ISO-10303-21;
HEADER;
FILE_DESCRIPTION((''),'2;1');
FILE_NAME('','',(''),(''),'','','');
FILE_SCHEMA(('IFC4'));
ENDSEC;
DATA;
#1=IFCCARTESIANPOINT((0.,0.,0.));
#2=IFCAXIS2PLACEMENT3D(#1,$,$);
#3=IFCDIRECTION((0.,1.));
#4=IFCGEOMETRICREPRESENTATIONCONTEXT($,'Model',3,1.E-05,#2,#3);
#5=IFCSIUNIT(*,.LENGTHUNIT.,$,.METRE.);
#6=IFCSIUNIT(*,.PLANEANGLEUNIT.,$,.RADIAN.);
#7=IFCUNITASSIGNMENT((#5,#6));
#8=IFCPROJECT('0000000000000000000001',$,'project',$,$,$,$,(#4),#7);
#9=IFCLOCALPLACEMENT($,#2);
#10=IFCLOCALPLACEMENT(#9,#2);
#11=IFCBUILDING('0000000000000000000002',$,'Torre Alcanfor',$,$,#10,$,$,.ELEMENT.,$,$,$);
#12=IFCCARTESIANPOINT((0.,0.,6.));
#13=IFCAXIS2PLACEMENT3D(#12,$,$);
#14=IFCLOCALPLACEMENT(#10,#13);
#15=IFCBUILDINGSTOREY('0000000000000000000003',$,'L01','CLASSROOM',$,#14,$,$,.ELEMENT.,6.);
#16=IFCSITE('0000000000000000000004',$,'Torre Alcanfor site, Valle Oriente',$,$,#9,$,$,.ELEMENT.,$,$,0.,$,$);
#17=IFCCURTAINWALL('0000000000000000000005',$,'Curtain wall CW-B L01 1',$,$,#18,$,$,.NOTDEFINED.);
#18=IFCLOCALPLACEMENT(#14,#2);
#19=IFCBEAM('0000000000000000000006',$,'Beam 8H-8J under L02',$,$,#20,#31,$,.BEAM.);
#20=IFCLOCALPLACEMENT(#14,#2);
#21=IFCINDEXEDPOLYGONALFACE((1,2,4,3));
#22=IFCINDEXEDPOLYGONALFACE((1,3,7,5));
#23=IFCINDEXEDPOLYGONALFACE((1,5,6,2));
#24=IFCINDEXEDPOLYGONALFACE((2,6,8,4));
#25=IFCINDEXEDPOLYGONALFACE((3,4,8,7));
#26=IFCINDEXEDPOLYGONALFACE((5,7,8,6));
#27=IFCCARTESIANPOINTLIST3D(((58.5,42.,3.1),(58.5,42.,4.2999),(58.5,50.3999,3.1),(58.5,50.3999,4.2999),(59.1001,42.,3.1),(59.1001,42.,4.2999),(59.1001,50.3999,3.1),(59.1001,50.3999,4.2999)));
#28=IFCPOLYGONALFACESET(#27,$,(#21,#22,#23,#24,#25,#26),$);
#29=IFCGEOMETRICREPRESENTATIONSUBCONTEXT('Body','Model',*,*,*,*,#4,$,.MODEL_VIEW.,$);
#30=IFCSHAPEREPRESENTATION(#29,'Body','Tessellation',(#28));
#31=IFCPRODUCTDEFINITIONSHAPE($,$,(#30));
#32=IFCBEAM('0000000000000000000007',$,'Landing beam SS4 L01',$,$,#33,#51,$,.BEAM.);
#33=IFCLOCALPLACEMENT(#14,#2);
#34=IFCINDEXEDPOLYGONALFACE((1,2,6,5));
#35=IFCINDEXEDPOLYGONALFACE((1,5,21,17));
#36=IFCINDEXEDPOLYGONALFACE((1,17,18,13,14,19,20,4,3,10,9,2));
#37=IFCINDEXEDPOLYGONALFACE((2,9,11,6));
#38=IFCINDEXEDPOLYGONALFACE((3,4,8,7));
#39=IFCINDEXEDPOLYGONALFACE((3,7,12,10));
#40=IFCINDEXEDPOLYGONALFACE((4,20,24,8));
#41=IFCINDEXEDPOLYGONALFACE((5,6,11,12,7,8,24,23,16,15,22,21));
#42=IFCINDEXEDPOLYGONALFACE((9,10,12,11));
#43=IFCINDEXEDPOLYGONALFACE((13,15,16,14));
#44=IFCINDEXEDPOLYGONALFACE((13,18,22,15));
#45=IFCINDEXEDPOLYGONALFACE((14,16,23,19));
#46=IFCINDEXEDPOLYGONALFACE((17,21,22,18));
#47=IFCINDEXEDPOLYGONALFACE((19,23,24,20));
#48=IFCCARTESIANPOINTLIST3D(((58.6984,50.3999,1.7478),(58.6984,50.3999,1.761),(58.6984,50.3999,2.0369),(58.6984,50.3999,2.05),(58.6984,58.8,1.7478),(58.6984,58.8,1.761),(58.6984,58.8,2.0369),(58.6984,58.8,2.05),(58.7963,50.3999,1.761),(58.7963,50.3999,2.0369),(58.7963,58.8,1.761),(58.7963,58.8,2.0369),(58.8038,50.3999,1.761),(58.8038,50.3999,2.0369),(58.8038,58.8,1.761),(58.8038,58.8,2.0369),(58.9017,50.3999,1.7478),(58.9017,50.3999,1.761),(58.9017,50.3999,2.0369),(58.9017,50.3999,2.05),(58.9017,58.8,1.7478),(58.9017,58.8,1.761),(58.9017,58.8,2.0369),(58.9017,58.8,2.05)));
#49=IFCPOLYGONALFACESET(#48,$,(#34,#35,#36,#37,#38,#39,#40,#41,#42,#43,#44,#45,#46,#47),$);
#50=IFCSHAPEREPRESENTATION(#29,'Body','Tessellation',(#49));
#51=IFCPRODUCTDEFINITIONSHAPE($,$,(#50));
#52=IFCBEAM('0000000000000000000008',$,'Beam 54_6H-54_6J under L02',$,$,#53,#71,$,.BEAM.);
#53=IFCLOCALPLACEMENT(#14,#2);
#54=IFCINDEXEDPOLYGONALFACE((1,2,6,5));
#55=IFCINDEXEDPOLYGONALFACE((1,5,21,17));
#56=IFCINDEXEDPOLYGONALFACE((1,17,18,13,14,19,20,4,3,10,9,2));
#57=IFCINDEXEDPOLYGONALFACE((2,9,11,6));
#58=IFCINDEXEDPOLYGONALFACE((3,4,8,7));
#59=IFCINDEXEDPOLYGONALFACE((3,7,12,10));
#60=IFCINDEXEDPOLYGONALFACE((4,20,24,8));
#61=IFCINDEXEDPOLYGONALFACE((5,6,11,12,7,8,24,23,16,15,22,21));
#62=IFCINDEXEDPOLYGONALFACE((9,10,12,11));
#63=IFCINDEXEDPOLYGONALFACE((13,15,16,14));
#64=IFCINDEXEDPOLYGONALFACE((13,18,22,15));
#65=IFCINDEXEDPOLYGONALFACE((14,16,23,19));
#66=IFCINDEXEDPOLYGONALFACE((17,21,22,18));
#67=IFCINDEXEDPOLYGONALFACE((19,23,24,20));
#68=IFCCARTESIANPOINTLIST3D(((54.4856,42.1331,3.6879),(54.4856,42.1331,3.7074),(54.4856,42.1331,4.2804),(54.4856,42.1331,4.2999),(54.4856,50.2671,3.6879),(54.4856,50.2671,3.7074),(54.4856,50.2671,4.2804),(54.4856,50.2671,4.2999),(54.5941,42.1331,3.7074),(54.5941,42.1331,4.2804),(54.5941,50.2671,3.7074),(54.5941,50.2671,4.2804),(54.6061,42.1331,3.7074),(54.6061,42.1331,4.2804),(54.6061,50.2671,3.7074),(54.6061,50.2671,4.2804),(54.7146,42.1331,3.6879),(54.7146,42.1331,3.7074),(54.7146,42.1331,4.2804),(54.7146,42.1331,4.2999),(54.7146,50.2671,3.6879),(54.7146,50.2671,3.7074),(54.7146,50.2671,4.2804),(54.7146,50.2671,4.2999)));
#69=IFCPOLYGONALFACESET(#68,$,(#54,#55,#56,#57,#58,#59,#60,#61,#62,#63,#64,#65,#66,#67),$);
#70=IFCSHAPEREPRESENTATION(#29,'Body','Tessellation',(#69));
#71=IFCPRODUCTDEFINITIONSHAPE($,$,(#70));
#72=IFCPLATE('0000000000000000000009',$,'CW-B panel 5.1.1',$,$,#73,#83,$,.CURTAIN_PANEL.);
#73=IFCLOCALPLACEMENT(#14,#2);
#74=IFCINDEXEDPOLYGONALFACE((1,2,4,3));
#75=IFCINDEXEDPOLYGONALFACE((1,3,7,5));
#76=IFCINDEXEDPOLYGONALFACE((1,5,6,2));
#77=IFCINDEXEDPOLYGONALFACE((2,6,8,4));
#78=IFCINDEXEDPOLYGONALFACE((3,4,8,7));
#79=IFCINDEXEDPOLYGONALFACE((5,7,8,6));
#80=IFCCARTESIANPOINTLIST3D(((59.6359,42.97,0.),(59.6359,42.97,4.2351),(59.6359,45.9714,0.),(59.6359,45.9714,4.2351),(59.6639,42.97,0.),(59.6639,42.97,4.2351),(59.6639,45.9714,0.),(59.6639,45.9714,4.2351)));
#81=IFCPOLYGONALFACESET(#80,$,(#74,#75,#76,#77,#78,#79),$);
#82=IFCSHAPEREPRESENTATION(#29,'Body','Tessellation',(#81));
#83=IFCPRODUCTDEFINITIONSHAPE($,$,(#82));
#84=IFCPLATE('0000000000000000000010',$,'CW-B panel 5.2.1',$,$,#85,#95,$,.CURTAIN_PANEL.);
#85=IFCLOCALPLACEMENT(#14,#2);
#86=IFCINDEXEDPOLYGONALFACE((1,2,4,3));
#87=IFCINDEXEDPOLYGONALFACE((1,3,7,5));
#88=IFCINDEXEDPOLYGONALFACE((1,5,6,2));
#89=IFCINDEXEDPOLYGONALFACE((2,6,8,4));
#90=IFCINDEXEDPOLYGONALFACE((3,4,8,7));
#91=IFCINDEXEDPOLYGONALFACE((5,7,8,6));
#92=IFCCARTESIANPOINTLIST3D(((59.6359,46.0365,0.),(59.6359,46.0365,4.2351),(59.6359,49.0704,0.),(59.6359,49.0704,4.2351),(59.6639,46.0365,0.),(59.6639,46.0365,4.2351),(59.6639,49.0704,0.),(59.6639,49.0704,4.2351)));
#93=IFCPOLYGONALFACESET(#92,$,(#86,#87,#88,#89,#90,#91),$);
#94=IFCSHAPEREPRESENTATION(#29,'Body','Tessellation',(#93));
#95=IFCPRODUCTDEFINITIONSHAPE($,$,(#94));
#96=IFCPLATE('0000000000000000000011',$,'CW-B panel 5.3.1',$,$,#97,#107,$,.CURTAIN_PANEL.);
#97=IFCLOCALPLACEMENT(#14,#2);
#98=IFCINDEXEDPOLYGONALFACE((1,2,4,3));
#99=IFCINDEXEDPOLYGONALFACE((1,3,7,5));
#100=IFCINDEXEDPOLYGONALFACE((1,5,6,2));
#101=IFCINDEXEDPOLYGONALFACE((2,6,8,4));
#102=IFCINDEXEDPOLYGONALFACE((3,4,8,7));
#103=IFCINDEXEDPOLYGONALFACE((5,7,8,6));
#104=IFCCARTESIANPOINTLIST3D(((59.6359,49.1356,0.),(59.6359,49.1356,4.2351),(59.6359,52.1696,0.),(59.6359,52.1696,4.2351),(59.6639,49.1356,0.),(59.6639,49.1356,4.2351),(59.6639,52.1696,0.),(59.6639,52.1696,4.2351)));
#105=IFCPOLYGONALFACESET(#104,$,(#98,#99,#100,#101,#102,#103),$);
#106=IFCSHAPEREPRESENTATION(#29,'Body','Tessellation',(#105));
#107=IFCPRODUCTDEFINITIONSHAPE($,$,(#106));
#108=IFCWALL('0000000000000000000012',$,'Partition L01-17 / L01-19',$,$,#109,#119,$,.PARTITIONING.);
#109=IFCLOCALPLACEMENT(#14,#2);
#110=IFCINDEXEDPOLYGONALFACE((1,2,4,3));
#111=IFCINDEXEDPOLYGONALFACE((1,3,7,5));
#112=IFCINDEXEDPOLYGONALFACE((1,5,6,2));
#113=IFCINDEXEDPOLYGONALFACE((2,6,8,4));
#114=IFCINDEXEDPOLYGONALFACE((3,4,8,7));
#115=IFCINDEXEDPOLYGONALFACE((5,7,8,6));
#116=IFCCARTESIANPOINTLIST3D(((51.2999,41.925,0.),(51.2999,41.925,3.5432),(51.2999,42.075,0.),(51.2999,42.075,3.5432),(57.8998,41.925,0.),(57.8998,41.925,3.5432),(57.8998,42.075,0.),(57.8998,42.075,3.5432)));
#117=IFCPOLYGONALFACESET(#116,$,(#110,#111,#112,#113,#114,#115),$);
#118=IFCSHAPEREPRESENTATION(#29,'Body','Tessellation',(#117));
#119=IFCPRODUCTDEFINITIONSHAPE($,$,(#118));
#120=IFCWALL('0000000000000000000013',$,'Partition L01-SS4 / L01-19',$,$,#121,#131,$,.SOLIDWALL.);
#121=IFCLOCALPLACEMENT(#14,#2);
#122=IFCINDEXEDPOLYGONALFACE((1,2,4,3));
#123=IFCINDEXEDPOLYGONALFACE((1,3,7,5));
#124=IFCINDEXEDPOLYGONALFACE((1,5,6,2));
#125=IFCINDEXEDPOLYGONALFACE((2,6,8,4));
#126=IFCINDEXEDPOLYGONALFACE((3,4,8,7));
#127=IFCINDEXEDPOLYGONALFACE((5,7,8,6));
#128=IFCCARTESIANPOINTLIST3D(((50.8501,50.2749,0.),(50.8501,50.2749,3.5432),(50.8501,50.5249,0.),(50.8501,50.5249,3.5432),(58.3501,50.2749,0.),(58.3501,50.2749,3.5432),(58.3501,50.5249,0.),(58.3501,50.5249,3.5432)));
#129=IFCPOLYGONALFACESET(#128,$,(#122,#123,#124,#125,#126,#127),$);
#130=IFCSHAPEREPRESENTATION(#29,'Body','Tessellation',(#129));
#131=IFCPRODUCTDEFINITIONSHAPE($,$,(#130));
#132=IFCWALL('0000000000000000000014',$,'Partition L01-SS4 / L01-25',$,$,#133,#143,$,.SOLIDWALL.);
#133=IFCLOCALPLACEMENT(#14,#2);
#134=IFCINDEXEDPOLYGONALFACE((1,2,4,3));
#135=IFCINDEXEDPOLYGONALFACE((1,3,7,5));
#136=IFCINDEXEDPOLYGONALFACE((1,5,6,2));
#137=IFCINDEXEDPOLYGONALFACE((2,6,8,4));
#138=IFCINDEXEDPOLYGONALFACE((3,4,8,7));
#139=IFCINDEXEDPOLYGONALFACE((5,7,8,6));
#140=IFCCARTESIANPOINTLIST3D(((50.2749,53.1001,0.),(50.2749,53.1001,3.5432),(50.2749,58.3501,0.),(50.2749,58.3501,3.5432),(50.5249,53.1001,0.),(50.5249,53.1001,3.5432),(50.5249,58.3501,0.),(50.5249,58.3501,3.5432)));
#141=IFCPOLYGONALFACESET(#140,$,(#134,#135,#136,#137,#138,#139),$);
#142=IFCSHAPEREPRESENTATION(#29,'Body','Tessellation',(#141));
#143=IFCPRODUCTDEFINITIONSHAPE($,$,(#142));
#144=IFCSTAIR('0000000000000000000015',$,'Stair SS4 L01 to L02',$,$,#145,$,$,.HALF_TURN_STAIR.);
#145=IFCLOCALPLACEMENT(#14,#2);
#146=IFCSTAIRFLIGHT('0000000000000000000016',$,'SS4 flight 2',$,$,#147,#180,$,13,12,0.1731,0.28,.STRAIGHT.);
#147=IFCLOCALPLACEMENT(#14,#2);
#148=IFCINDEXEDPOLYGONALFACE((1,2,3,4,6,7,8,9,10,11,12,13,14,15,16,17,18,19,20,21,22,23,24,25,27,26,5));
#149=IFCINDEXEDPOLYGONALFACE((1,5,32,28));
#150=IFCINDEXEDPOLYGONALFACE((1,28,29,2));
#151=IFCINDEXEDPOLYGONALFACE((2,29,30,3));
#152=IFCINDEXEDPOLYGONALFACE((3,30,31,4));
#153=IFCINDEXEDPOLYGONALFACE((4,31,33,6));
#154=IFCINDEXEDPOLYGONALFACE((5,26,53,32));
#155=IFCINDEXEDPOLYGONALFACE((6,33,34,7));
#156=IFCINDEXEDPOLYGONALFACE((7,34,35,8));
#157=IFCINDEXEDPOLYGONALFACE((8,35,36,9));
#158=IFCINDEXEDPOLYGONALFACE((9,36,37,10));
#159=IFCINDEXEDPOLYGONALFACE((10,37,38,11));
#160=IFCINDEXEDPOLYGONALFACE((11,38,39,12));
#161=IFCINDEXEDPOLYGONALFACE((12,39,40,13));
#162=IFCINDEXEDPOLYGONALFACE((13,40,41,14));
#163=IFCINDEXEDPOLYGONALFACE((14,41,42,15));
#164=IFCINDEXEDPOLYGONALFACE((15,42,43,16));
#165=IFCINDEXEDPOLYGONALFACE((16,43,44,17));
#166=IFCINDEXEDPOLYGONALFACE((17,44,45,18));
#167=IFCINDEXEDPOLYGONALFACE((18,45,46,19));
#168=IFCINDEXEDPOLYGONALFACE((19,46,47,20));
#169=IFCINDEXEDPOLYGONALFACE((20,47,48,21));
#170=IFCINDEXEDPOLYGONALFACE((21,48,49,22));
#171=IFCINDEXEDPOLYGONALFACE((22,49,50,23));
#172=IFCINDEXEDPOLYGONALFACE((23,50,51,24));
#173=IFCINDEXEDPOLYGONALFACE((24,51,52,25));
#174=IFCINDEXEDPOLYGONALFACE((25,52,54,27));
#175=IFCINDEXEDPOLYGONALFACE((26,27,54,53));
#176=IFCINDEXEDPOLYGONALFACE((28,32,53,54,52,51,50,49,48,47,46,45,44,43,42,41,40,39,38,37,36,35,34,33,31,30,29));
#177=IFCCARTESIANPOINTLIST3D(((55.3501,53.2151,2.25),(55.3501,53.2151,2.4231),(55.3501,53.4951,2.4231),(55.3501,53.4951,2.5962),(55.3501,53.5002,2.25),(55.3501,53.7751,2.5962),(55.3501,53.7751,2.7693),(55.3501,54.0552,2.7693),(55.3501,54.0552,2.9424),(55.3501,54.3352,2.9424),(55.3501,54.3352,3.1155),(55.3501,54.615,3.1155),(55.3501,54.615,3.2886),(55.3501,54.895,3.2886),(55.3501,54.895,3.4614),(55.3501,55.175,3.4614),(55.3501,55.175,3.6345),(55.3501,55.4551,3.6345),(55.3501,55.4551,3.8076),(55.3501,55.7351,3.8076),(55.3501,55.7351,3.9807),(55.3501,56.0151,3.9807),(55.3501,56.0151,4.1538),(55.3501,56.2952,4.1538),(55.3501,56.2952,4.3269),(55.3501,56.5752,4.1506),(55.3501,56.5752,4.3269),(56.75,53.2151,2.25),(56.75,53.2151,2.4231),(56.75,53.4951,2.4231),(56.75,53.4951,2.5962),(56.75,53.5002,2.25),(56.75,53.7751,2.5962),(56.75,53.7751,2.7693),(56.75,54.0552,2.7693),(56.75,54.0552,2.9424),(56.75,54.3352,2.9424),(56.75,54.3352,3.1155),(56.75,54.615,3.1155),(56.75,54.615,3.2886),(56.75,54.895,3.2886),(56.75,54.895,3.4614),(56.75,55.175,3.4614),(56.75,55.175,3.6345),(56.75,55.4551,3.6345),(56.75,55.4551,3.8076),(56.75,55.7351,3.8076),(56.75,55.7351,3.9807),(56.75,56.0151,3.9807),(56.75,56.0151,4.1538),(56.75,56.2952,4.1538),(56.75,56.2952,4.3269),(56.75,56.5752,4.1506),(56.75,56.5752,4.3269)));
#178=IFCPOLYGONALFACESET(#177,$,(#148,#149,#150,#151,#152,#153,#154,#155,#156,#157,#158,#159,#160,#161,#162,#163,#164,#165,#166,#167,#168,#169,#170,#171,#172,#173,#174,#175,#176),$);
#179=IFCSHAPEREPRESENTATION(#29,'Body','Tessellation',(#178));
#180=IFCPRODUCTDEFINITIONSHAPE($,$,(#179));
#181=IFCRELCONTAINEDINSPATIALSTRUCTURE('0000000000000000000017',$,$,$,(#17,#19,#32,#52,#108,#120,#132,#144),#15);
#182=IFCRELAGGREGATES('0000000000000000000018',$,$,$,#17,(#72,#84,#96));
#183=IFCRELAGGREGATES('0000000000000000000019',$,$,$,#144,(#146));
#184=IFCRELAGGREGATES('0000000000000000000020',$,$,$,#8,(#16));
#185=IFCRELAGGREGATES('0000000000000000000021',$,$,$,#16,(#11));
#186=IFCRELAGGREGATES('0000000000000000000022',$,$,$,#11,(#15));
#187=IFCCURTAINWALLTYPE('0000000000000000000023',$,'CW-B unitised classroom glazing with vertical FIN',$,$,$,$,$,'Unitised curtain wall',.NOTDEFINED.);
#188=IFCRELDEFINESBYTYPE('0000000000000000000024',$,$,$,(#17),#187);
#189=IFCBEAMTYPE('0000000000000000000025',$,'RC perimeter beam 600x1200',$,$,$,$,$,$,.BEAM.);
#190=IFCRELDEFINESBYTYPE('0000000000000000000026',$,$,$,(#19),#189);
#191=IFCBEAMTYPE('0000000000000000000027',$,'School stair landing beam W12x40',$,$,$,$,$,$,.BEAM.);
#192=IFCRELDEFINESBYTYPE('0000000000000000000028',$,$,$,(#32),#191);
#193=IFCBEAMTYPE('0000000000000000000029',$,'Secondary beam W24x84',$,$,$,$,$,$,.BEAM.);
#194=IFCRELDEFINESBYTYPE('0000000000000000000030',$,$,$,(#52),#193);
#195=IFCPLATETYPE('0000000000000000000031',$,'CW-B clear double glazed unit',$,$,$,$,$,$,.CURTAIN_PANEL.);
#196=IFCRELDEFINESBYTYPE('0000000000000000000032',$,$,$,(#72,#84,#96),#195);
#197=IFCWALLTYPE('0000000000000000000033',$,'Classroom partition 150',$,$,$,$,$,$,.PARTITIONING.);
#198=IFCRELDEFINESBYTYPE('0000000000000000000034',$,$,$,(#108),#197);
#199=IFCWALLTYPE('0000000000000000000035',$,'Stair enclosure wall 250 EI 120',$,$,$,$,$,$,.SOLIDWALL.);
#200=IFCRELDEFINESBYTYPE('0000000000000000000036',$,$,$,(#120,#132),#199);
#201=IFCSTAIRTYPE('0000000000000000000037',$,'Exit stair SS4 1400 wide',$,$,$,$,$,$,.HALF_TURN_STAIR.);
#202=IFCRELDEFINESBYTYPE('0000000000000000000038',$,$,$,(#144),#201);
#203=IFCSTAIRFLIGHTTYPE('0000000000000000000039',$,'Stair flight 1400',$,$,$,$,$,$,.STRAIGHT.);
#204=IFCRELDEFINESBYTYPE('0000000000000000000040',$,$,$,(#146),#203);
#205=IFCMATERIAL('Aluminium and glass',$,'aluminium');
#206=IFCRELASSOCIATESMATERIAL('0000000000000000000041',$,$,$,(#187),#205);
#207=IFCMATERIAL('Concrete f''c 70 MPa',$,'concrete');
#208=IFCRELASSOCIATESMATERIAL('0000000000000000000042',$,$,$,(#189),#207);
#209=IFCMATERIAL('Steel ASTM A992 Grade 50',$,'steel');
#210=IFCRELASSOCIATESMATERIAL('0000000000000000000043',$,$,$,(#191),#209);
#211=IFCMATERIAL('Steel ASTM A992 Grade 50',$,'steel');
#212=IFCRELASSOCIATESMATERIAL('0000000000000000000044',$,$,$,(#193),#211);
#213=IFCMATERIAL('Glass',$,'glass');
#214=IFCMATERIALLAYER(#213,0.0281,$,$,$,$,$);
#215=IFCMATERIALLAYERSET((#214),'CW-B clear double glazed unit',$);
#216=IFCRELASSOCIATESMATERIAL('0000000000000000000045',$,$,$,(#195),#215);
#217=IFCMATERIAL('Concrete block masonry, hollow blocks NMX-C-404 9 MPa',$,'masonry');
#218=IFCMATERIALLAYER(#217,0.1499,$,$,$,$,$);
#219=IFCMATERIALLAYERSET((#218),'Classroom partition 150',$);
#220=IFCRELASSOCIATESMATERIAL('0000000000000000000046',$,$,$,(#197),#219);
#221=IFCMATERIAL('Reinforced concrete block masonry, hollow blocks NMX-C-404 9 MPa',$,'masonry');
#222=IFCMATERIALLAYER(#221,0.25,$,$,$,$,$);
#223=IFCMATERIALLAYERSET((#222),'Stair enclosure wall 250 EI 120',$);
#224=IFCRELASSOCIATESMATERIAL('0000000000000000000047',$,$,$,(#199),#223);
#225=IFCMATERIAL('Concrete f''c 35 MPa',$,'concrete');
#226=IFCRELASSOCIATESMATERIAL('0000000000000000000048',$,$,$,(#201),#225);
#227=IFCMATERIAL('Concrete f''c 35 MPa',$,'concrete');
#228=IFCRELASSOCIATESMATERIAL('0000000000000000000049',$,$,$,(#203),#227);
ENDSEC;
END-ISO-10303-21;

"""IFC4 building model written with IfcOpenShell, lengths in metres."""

from ifc_helpers import new_model, si_unit, direction, frame, frame_2d, origin, origin_2d, place, context, subcontext, project, spatial, polyline, rectangle, i_section, outline, extrude, material, layer, layer_set, material_profile, profile_set, type_object, element, aggregate, save


model = new_model("IFC4")

# Units and contexts
model_context = context("Model", 3, precision=1e-05, world=origin(), true_north=direction((0.0, 1.0)))
body_context = subcontext(model_context, "Body", "Model", "MODEL_VIEW")
ifc_project = project(units=[si_unit("LENGTHUNIT", "METRE"), si_unit("PLANEANGLEUNIT", "RADIAN")], contexts=[model_context])

# Site, building, storey
site_placement = place(None, origin())
site = spatial("IfcSite", under=ifc_project, at=site_placement, Name="Torre Alcanfor site, Valle Oriente", CompositionType="ELEMENT", RefElevation=0.0)
building_placement = place(site_placement, origin())
building = spatial("IfcBuilding", under=site, at=building_placement, Name="Torre Alcanfor", CompositionType="ELEMENT")
storey_placement = place(building_placement, frame((0.0, 0.0, 6.0)))
storey = spatial("IfcBuildingStorey", under=building, at=storey_placement, Name="L01", Description="CLASSROOM", CompositionType="ELEMENT", Elevation=6.0)

# Curtain wall
ifc_material_1 = material(Name="Aluminium and glass", Category="aluminium")
curtain_wall_type = type_object("IfcCurtainWallType", Name="CW-B unitised classroom glazing with vertical FIN", ElementType="Unitised curtain wall", PredefinedType="NOTDEFINED", material=ifc_material_1)
curtain_wall_placement = place(storey_placement, origin())
curtain_wall = element("IfcCurtainWall", 1, at=curtain_wall_placement, inside=storey, type_object=curtain_wall_type, Name="Curtain wall CW-B L01 1", PredefinedType="NOTDEFINED")

# Beams
ifc_material_2 = material(Name="Concrete f'c 70 MPa", Category="concrete")
ifc_material_profile_1 = material_profile(ifc_material_2, rectangle(XDim=0.6001, YDim=1.2, at=origin_2d()), Name="600x1200")
ifc_profile_set_1 = profile_set([ifc_material_profile_1], Name="Concrete f'c 70 MPa")
beam_type_1 = type_object("IfcBeamType", Name="RC perimeter beam 600x1200", PredefinedType="BEAM", material=ifc_profile_set_1)
beam_1_placement = place(storey_placement, frame((58.8, 42.0, 3.7), z_axis=(0.0, 1.0, 0.0), x_axis=(-1.0, 0.0, 0.0)))
element("IfcBeam", 2, at=beam_1_placement, inside=storey, type_object=beam_type_1, Name="Beam 8H-8J under L02", PredefinedType="BEAM", context=body_context, shape_type="SweptSolid", body=[
    extrude(rectangle(XDim=0.6001, YDim=1.2, at=origin_2d()), origin(), (0.0, 0.0, 1.0), 8.3999),
])
ifc_material_3 = material(Name="Steel ASTM A992 Grade 50", Category="steel")
ifc_material_profile_2 = material_profile(ifc_material_3, i_section(OverallWidth=0.2034, OverallDepth=0.3022, WebThickness=0.0076, FlangeThickness=0.0132, at=origin_2d()), Name="W12x40")
ifc_profile_set_2 = profile_set([ifc_material_profile_2], Name="Steel ASTM A992 Grade 50")
beam_type_2 = type_object("IfcBeamType", Name="School stair landing beam W12x40", PredefinedType="BEAM", material=ifc_profile_set_2)
beam_2_placement = place(storey_placement, frame((58.8, 50.3999, 1.8989), z_axis=(0.0, 1.0, 0.0), x_axis=(-1.0, 0.0, 0.0)))
element("IfcBeam", 3, at=beam_2_placement, inside=storey, type_object=beam_type_2, Name="Landing beam SS4 L01", PredefinedType="BEAM", context=body_context, shape_type="SweptSolid", body=[
    extrude(i_section(OverallWidth=0.2034, OverallDepth=0.3022, WebThickness=0.0076, FlangeThickness=0.0132, at=origin_2d()), origin(), (0.0, 0.0, 1.0), 8.4001),
])
ifc_material_4 = material(Name="Steel ASTM A992 Grade 50", Category="steel")
ifc_material_profile_3 = material_profile(ifc_material_4, i_section(OverallWidth=0.229, OverallDepth=0.6121, WebThickness=0.012, FlangeThickness=0.0195, at=origin_2d()), Name="W24x84")
ifc_profile_set_3 = profile_set([ifc_material_profile_3], Name="Steel ASTM A992 Grade 50")
beam_type_3 = type_object("IfcBeamType", Name="Secondary beam W24x84", PredefinedType="BEAM", material=ifc_profile_set_3)
beam_3_placement = place(storey_placement, frame((54.6001, 42.1331, 3.9939), z_axis=(0.0, 1.0, 0.0), x_axis=(-1.0, 0.0, 0.0)))
element("IfcBeam", 4, at=beam_3_placement, inside=storey, type_object=beam_type_3, Name="Beam 54_6H-54_6J under L02", PredefinedType="BEAM", context=body_context, shape_type="SweptSolid", body=[
    extrude(i_section(OverallWidth=0.229, OverallDepth=0.6121, WebThickness=0.012, FlangeThickness=0.0195, at=origin_2d()), origin(), (0.0, 0.0, 1.0), 8.134),
])

# Plates
ifc_material_5 = material(Name="Glass", Category="glass")
ifc_layer_1 = layer(ifc_material_5, 0.0281)
ifc_layer_set_1 = layer_set([ifc_layer_1], Name="CW-B clear double glazed unit")
plate_type = type_object("IfcPlateType", Name="CW-B clear double glazed unit", PredefinedType="CURTAIN_PANEL", material=ifc_layer_set_1)
plate_1_placement = place(storey_placement, frame((59.6499, 44.4707, 0.0), z_axis=(0.0, 0.0, 1.0), x_axis=(0.0, 1.0, 0.0)))
plate_1 = element("IfcPlate", 5, at=plate_1_placement, type_object=plate_type, Name="CW-B panel 5.1.1", PredefinedType="CURTAIN_PANEL", context=body_context, shape_type="SweptSolid", body=[
    extrude(rectangle(XDim=3.0015, YDim=0.0281, at=origin_2d()), origin(), (0.0, 0.0, 1.0), 4.2351),
])
plate_2_placement = place(storey_placement, frame((59.6499, 47.5535, 0.0), z_axis=(0.0, 0.0, 1.0), x_axis=(0.0, 1.0, 0.0)))
plate_2 = element("IfcPlate", 6, at=plate_2_placement, type_object=plate_type, Name="CW-B panel 5.2.1", PredefinedType="CURTAIN_PANEL", context=body_context, shape_type="SweptSolid", body=[
    extrude(rectangle(XDim=3.0339, YDim=0.0281, at=origin_2d()), origin(), (0.0, 0.0, 1.0), 4.2351),
])
plate_3_placement = place(storey_placement, frame((59.6499, 50.6526, 0.0), z_axis=(0.0, 0.0, 1.0), x_axis=(0.0, 1.0, 0.0)))
plate_3 = element("IfcPlate", 7, at=plate_3_placement, type_object=plate_type, Name="CW-B panel 5.3.1", PredefinedType="CURTAIN_PANEL", context=body_context, shape_type="SweptSolid", body=[
    extrude(rectangle(XDim=3.0339, YDim=0.0281, at=origin_2d()), origin(), (0.0, 0.0, 1.0), 4.2351),
])
aggregate(curtain_wall, [plate_1, plate_2, plate_3])

# Walls
ifc_material_6 = material(Name="Concrete block masonry, hollow blocks NMX-C-404 9 MPa", Category="masonry")
ifc_layer_2 = layer(ifc_material_6, 0.1499)
ifc_layer_set_2 = layer_set([ifc_layer_2], Name="Classroom partition 150")
wall_type_1 = type_object("IfcWallType", Name="Classroom partition 150", PredefinedType="PARTITIONING", material=ifc_layer_set_2)
wall_1_placement = place(storey_placement, frame((51.3, 42.0, 0.0), z_axis=(0.0, 0.0, 1.0), x_axis=(1.0, 0.0, 0.0)))
element("IfcWall", 8, at=wall_1_placement, inside=storey, type_object=wall_type_1, Name="Partition L01-17 / L01-19", PredefinedType="PARTITIONING", context=body_context, shape_type="SweptSolid", body=[
    extrude(rectangle(XDim=6.5999, YDim=0.1499, at=frame_2d((3.2998, 0.0))), origin(), (0.0, 0.0, 1.0), 3.5432),
])
ifc_material_7 = material(Name="Reinforced concrete block masonry, hollow blocks NMX-C-404 9 MPa", Category="masonry")
ifc_layer_3 = layer(ifc_material_7, 0.25)
ifc_layer_set_3 = layer_set([ifc_layer_3], Name="Stair enclosure wall 250 EI 120")
wall_type_2 = type_object("IfcWallType", Name="Stair enclosure wall 250 EI 120", PredefinedType="SOLIDWALL", material=ifc_layer_set_3)
wall_2_placement = place(storey_placement, frame((58.3501, 50.3999, 0.0), z_axis=(0.0, 0.0, 1.0), x_axis=(-1.0, 0.0, 0.0)))
element("IfcWall", 9, at=wall_2_placement, inside=storey, type_object=wall_type_2, Name="Partition L01-SS4 / L01-19", PredefinedType="SOLIDWALL", context=body_context, shape_type="SweptSolid", body=[
    extrude(rectangle(XDim=7.5, YDim=0.25, at=frame_2d((3.75, 0.0))), origin(), (0.0, 0.0, 1.0), 3.5432),
])
wall_3_placement = place(storey_placement, frame((50.3999, 53.1001, 0.0), z_axis=(0.0, 0.0, 1.0), x_axis=(0.0, 1.0, 0.0)))
element("IfcWall", 10, at=wall_3_placement, inside=storey, type_object=wall_type_2, Name="Partition L01-SS4 / L01-25", PredefinedType="SOLIDWALL", context=body_context, shape_type="SweptSolid", body=[
    extrude(rectangle(XDim=5.25, YDim=0.25, at=frame_2d((2.625, 0.0))), origin(), (0.0, 0.0, 1.0), 3.5432),
])

# Stair, stair flight
ifc_material_8 = material(Name="Concrete f'c 35 MPa", Category="concrete")
stair_type = type_object("IfcStairType", Name="Exit stair SS4 1400 wide", PredefinedType="HALF_TURN_STAIR", material=ifc_material_8)
stair_placement = place(storey_placement, origin())
stair = element("IfcStair", 11, at=stair_placement, inside=storey, type_object=stair_type, Name="Stair SS4 L01 to L02", PredefinedType="HALF_TURN_STAIR")
ifc_material_9 = material(Name="Concrete f'c 35 MPa", Category="concrete")
stair_flight_type = type_object("IfcStairFlightType", Name="Stair flight 1400", PredefinedType="STRAIGHT", material=ifc_material_9)
stair_flight_placement = place(storey_placement, frame((56.05, 53.2151, 2.25), z_axis=(0.0, 0.0, 1.0), x_axis=(0.0, 1.0, 0.0)))
stair_flight = element("IfcStairFlight", 12, at=stair_flight_placement, type_object=stair_flight_type, Name="SS4 flight 2", NumberOfRisers=13, NumberOfTreads=12, PredefinedType="STRAIGHT", RiserHeight=0.1731, TreadLength=0.28, context=body_context, shape_type="SweptSolid", body=[
    extrude(outline(polyline([(0.0, 0.0), (0.0, 0.1731), (0.28, 0.1731), (0.28, 0.3462), (0.5601, 0.3462), (0.5601, 0.5193), (0.8401, 0.5193), (0.8401, 0.6924), (1.1201, 0.6924), (1.1201, 0.8655), (1.3999, 0.8655), (1.3999, 1.0386), (1.6799, 1.0386), (1.6799, 1.2114), (1.96, 1.2114), (1.96, 1.3845), (2.24, 1.3845), (2.24, 1.5576), (2.52, 1.5576), (2.52, 1.7307), (2.8, 1.7307), (2.8, 1.9038), (3.0801, 1.9038), (3.0801, 2.0769), (3.3601, 2.0769), (3.3601, 2.25), (3.3601, 1.9006), (0.2852, 0.0), (0.0, 0.0)])), frame((0.0, 0.7, 0.0), z_axis=(0.0, -1.0, 0.0), x_axis=(1.0, 0.0, 0.0)), (0.0, 0.0, 1.0), 1.3999),
])
aggregate(stair, [stair_flight])

save(model, "model.ifc")
